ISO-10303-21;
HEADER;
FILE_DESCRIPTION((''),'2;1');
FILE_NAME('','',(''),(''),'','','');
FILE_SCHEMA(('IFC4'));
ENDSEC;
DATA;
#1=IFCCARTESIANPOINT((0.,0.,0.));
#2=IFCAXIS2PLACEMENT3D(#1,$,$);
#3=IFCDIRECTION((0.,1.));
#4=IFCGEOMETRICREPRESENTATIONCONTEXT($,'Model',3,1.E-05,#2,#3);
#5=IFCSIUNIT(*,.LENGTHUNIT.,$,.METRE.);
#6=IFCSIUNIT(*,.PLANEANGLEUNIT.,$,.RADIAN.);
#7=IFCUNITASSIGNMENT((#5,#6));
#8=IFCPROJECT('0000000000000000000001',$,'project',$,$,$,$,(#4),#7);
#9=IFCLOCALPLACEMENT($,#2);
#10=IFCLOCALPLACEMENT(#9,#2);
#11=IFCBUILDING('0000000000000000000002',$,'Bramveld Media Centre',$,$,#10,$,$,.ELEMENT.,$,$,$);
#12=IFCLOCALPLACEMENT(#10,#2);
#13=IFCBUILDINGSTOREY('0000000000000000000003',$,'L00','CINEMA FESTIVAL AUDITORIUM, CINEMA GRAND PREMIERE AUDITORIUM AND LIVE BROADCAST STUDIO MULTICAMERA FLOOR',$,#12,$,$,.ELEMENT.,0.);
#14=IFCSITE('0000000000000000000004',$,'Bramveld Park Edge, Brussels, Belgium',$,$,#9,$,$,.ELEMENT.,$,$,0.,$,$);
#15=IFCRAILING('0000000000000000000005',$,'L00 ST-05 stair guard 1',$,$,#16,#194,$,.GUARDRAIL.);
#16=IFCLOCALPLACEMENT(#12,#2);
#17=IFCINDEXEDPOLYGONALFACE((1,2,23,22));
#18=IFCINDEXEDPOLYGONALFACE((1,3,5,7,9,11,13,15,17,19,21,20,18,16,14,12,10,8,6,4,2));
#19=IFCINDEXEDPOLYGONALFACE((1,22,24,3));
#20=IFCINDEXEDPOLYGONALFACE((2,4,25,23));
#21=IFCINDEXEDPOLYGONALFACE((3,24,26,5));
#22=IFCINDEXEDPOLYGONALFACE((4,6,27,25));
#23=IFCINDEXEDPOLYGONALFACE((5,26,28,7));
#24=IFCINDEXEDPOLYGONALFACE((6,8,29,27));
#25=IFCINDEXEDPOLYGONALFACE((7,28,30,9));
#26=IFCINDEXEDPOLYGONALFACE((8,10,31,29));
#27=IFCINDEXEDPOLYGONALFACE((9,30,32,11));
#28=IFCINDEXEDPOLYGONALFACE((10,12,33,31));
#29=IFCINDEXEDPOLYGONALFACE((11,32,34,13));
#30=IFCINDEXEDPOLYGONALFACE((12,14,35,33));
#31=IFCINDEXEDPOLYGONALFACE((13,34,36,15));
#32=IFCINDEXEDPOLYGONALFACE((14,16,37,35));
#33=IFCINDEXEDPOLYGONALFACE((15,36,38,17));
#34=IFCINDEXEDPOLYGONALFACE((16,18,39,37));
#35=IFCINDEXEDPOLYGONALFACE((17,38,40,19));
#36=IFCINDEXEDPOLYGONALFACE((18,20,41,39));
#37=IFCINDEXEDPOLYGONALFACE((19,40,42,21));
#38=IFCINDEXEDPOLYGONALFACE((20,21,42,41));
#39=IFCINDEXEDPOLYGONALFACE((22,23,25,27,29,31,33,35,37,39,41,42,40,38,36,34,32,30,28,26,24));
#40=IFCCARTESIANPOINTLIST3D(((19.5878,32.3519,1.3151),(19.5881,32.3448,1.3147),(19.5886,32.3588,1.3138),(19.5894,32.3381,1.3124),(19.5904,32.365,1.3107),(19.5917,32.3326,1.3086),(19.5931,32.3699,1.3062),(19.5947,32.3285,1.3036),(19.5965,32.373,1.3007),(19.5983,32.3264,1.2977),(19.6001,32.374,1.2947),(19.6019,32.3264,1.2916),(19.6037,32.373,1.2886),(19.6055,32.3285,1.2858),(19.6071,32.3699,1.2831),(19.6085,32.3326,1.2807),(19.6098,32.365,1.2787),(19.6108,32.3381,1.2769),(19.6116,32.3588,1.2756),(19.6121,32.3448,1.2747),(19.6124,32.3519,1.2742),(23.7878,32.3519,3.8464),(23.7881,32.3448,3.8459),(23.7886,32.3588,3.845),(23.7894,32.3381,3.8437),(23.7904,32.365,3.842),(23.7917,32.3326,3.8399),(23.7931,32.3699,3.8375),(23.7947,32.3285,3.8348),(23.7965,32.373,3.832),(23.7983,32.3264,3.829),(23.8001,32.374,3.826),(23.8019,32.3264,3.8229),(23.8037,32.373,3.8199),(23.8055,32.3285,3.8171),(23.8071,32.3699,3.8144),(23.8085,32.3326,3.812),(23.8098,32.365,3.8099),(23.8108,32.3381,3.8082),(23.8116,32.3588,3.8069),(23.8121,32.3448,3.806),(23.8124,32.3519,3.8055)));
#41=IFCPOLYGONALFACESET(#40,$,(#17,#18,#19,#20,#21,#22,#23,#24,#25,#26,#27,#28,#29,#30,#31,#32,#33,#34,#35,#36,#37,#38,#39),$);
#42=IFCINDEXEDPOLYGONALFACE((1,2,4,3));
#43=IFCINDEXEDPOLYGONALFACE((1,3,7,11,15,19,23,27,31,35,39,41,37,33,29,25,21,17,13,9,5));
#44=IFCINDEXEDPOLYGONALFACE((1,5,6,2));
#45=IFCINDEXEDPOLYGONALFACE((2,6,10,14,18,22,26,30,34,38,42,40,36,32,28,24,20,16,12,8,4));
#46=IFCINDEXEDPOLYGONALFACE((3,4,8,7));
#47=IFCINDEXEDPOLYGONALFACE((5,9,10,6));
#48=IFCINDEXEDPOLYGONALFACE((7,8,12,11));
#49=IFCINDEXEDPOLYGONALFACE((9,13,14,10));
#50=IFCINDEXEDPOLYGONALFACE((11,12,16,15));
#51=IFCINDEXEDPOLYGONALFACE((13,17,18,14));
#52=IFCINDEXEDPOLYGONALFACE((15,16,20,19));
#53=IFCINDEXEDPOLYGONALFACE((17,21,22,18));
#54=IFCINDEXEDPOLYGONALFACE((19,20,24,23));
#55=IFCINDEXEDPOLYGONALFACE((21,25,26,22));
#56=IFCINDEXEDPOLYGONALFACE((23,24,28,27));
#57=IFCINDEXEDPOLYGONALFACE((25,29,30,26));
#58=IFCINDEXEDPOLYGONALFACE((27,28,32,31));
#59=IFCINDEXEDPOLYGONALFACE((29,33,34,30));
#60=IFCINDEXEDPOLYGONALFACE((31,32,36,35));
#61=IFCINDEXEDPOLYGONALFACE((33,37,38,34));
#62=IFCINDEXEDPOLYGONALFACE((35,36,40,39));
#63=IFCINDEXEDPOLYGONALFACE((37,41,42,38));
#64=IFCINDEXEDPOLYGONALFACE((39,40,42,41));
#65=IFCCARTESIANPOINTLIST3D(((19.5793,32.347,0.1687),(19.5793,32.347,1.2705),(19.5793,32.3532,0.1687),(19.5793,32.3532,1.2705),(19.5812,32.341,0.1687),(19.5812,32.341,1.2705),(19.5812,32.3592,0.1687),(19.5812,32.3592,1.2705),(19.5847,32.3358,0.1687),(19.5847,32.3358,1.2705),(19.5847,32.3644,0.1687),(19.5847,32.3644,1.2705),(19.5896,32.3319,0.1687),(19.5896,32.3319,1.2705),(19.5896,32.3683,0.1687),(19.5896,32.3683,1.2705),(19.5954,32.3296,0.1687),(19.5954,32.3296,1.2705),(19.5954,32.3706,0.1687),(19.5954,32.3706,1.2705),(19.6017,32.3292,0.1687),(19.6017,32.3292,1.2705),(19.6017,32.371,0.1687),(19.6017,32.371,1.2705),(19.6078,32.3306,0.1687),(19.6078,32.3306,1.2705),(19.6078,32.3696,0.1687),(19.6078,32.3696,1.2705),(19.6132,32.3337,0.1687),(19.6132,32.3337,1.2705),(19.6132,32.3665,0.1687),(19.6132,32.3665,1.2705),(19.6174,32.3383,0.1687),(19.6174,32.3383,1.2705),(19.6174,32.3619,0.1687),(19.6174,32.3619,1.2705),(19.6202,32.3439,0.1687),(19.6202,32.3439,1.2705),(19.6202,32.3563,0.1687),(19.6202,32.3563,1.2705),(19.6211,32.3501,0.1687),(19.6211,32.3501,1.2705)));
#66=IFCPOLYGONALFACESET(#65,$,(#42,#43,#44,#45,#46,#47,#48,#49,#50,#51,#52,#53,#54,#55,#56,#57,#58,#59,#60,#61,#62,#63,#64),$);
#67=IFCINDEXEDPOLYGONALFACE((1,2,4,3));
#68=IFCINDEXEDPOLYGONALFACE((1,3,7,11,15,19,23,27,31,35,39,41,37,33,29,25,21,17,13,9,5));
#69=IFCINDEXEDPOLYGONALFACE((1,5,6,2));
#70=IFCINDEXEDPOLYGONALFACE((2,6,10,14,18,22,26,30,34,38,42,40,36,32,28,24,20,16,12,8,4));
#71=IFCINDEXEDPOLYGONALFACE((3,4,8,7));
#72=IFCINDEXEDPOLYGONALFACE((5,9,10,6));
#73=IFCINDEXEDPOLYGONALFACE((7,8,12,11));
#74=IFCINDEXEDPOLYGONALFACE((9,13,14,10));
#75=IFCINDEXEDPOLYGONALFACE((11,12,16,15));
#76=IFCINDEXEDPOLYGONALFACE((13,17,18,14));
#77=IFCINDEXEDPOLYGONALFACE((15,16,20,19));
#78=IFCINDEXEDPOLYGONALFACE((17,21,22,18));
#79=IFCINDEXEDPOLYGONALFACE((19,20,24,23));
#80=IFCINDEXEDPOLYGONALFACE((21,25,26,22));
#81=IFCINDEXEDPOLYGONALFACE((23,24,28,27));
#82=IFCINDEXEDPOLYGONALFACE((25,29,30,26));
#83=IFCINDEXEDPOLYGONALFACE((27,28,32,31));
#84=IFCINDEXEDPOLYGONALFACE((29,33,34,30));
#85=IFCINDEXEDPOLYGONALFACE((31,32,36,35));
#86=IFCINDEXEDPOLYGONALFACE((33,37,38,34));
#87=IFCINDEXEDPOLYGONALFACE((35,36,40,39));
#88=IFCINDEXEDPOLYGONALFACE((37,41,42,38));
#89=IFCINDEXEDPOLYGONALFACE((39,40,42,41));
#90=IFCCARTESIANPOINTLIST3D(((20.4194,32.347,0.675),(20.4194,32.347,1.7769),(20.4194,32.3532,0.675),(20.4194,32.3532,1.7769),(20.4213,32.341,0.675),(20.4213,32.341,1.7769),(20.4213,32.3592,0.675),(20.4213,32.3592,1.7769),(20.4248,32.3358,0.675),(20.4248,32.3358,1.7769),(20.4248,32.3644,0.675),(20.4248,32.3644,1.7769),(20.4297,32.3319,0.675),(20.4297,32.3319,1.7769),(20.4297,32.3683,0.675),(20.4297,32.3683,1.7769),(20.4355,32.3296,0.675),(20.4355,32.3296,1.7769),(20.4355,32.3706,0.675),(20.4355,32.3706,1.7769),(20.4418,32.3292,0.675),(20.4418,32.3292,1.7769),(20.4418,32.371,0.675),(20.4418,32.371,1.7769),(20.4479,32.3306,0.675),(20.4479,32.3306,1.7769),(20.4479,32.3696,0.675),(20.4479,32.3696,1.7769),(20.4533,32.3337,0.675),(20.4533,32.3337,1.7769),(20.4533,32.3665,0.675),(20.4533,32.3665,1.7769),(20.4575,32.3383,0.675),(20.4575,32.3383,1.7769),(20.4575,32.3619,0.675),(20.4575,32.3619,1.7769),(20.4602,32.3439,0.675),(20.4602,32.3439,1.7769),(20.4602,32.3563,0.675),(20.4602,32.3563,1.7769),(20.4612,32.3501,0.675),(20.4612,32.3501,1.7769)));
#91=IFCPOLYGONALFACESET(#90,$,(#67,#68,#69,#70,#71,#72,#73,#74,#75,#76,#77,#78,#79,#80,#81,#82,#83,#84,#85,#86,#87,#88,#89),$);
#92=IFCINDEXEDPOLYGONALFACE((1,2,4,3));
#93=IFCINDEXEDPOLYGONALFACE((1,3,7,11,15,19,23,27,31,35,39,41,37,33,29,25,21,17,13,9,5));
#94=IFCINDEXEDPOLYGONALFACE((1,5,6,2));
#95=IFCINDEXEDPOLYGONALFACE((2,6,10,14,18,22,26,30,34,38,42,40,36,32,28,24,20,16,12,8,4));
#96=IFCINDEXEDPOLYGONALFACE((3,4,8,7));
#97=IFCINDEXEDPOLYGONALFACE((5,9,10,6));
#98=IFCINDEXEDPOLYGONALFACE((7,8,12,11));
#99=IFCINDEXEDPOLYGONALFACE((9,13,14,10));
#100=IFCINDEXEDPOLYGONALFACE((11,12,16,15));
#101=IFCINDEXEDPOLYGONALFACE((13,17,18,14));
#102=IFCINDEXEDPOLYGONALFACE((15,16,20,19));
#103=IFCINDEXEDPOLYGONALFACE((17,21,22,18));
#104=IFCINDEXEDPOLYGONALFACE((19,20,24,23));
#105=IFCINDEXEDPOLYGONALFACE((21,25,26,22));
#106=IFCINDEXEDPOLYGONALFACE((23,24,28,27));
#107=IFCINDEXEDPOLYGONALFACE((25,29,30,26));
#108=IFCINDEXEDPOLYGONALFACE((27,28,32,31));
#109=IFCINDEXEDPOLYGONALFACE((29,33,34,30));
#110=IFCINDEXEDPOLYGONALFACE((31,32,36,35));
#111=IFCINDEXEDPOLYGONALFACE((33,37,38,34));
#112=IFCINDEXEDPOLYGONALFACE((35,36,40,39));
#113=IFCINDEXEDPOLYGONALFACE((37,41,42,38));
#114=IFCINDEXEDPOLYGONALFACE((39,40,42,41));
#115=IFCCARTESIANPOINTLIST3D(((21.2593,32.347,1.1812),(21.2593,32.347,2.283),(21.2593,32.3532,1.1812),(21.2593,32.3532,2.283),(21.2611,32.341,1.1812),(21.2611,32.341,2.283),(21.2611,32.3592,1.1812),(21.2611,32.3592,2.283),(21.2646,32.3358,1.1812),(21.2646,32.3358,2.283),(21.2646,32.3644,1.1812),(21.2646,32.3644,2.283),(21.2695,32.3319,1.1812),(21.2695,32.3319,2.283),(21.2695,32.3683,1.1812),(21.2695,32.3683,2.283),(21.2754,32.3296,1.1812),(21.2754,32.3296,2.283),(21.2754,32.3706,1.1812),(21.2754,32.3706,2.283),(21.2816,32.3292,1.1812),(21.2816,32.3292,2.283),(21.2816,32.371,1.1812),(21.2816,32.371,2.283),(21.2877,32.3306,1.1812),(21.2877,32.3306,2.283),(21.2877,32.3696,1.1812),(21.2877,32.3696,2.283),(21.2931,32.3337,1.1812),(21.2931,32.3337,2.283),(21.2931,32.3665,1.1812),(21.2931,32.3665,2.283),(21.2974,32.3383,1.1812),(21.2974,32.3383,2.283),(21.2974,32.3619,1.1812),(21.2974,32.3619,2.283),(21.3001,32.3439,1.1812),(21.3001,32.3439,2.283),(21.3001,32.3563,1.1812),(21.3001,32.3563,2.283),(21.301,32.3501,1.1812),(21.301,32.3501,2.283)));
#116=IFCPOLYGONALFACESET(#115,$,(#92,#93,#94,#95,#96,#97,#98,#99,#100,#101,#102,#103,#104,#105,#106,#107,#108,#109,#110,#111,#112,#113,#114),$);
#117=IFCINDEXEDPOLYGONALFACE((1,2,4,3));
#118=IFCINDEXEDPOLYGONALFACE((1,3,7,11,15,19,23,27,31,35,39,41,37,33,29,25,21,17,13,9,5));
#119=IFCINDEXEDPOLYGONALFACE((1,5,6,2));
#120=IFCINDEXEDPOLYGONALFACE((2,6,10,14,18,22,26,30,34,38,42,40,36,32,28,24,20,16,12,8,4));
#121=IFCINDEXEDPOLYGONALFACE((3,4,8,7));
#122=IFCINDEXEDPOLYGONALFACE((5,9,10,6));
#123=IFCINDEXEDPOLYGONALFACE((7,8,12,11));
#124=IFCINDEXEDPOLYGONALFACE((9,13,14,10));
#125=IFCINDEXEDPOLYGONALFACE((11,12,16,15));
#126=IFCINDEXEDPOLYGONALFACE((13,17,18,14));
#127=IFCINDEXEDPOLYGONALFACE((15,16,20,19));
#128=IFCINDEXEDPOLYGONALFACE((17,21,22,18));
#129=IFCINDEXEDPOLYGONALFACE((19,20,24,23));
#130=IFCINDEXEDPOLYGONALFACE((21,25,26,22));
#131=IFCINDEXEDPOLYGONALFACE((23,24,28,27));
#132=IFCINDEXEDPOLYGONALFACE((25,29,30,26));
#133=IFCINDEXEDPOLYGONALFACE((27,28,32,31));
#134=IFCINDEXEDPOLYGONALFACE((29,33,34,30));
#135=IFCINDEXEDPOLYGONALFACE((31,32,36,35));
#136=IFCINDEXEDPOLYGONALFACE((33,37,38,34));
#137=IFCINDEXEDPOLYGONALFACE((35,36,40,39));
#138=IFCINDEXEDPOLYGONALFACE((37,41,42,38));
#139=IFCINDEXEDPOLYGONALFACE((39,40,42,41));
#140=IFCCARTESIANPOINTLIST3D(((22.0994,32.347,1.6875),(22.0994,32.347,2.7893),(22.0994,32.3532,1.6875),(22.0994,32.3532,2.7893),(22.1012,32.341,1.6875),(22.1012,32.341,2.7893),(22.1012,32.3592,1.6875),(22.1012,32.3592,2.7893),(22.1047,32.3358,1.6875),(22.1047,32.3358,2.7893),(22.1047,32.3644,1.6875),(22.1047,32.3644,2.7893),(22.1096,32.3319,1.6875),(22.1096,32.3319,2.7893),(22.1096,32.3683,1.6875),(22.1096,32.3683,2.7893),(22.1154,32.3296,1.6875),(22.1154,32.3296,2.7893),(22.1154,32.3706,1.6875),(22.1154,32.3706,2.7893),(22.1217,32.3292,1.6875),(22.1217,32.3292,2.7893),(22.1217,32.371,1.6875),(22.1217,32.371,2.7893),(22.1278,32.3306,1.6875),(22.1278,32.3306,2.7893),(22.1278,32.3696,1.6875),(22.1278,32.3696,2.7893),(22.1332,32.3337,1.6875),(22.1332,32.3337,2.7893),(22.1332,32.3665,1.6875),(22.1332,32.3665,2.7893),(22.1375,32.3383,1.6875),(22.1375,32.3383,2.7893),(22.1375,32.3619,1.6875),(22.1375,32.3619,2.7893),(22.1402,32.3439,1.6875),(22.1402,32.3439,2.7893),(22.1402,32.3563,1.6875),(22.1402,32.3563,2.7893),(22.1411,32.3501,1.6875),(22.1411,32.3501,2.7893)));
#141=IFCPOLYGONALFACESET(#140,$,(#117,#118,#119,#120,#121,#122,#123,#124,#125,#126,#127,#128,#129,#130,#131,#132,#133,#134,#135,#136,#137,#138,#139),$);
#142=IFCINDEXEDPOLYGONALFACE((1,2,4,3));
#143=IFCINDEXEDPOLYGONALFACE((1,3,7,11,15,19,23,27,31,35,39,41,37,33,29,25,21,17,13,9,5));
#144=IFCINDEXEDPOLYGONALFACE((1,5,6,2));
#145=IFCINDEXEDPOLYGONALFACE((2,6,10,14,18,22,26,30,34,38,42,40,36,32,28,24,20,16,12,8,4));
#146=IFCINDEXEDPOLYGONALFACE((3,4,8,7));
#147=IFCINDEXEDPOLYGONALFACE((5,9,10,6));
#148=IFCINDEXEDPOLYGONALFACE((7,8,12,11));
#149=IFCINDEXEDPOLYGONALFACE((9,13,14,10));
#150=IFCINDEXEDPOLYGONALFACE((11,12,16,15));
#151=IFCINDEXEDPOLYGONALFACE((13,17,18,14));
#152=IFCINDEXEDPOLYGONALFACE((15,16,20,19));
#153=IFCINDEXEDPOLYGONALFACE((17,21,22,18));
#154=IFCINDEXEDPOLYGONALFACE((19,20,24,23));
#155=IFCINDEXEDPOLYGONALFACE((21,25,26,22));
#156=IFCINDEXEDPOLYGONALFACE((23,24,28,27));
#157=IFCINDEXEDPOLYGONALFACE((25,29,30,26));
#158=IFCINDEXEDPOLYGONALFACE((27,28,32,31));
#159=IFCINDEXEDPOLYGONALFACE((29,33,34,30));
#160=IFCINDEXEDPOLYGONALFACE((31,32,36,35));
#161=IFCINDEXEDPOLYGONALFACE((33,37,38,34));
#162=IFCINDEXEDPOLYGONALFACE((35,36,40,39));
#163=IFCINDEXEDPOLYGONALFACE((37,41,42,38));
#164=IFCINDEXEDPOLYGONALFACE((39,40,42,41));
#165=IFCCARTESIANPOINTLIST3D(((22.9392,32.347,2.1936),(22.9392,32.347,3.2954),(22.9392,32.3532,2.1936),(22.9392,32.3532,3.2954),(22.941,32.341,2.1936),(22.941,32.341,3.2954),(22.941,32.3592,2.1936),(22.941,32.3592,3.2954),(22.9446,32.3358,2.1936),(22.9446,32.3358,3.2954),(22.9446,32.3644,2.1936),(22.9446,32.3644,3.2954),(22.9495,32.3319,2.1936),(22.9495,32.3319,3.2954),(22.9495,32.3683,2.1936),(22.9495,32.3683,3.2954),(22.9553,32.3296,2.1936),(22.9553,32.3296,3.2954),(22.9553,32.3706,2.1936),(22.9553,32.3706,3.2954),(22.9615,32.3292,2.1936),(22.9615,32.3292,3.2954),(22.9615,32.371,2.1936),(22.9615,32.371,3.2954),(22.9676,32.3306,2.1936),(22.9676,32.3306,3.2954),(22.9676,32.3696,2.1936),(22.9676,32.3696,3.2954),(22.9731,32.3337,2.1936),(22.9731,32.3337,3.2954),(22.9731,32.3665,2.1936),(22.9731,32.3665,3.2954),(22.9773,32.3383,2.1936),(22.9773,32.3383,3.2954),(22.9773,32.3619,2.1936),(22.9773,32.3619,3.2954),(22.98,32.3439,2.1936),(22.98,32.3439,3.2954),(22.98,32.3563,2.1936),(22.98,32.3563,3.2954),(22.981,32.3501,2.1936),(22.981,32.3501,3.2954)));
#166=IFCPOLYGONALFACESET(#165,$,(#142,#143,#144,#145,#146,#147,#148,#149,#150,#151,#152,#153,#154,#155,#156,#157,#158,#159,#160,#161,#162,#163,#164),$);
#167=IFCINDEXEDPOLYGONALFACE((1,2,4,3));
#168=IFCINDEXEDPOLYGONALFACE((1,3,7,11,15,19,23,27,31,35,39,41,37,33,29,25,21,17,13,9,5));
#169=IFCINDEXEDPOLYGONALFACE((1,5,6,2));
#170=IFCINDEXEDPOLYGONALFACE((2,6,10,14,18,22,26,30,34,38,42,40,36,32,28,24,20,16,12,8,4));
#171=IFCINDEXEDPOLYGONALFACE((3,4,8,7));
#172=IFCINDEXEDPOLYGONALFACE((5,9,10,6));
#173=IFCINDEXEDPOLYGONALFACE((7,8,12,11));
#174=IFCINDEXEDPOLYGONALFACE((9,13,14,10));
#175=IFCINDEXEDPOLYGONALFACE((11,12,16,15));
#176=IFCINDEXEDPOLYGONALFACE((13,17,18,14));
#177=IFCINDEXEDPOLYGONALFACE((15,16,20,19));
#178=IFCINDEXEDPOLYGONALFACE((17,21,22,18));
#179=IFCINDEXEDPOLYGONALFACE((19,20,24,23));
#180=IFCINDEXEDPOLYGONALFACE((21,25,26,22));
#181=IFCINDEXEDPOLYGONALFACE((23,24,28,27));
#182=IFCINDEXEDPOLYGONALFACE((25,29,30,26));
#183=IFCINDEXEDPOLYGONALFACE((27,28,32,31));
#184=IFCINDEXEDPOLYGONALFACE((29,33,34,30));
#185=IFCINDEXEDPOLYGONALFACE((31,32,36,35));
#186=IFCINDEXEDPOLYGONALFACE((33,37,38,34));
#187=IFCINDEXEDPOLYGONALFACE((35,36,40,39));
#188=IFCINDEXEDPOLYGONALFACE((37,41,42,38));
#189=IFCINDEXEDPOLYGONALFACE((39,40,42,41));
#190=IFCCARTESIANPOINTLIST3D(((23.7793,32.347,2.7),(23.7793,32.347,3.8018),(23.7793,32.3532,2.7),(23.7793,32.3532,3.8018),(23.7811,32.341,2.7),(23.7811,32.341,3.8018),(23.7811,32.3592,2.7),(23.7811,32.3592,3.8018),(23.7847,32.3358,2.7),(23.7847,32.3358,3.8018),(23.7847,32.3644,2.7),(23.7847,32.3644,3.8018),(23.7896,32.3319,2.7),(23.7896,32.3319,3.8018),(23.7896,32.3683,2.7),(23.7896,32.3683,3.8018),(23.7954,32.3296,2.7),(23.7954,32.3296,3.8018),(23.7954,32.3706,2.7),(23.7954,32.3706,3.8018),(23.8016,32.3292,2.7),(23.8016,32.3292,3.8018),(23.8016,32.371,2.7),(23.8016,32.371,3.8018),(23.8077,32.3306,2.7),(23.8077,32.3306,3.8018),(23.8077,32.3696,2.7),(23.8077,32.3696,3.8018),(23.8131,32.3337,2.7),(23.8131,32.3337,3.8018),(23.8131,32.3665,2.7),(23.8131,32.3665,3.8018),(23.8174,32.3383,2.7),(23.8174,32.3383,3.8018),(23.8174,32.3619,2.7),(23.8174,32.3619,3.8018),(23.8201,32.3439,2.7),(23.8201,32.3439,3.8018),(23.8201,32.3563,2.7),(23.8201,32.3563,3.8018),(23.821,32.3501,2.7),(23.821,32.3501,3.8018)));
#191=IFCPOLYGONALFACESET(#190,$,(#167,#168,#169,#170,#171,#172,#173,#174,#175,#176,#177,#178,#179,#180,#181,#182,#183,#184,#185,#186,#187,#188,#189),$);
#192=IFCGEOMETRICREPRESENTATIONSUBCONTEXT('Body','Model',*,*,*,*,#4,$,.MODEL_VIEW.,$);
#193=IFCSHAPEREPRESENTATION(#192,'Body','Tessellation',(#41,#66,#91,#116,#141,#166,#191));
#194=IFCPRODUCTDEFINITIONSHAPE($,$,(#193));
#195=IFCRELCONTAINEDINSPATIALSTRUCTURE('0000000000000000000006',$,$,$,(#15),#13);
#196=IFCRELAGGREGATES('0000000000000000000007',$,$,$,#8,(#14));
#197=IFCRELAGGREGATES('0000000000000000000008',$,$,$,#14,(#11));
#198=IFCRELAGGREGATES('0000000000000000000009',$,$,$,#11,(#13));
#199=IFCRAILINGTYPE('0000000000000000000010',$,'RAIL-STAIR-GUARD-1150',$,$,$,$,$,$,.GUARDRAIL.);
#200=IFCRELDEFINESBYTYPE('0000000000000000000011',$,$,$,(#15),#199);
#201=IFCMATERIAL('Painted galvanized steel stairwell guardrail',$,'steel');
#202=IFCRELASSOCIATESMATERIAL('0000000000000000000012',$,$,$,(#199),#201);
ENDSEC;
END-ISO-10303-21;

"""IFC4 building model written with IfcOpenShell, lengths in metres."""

from ifc_helpers import new_model, si_unit, direction, frame, origin, origin_2d, place, context, subcontext, project, spatial, circle, extrude, material, type_object, element, save


model = new_model("IFC4")

# Units and contexts
model_context = context("Model", 3, precision=1e-05, world=origin(), true_north=direction((0.0, 1.0)))
body_context = subcontext(model_context, "Body", "Model", "MODEL_VIEW")
ifc_project = project(units=[si_unit("LENGTHUNIT", "METRE"), si_unit("PLANEANGLEUNIT", "RADIAN")], contexts=[model_context])

# Site, building, storey
site_placement = place(None, origin())
site = spatial("IfcSite", under=ifc_project, at=site_placement, Name="Bramveld Park Edge, Brussels, Belgium", CompositionType="ELEMENT", RefElevation=0.0)
building_placement = place(site_placement, origin())
building = spatial("IfcBuilding", under=site, at=building_placement, Name="Bramveld Media Centre", CompositionType="ELEMENT")
storey_placement = place(building_placement, origin())
storey = spatial("IfcBuildingStorey", under=building, at=storey_placement, Name="L00", Description="CINEMA FESTIVAL AUDITORIUM, CINEMA GRAND PREMIERE AUDITORIUM AND LIVE BROADCAST STUDIO MULTICAMERA FLOOR", CompositionType="ELEMENT", Elevation=0.0)

# Railing
ifc_material_1 = material(Name="Painted galvanized steel stairwell guardrail", Category="steel")
railing_type_1 = type_object("IfcRailingType", Name="RAIL-STAIR-GUARD-1150", PredefinedType="GUARDRAIL", material=ifc_material_1)
railing_1_placement = place(storey_placement, frame((19.6001, 32.3501, 0.1687)))
element("IfcRailing", 1, at=railing_1_placement, inside=storey, type_object=railing_type_1, Name="L00 ST-05 stair guard 1", PredefinedType="GUARDRAIL", context=body_context, shape_type="SweptSolid", body=[
    extrude(circle(Radius=0.0239, at=origin_2d()), frame((0.0, 0.0, 1.126), z_axis=(0.856476, 0.0, 0.516186), x_axis=(0.0, 1.0, 0.0)), (0.0, 0.0, 1.0), 4.9038),
    extrude(circle(Radius=0.021, at=origin_2d()), origin(), (0.0, 0.0, 1.0), 1.1018),
    extrude(circle(Radius=0.021, at=origin_2d()), frame((0.8401, 0.0, 0.5063)), (0.0, 0.0, 1.0), 1.1018),
    extrude(circle(Radius=0.021, at=origin_2d()), frame((1.6799, 0.0, 1.0125)), (0.0, 0.0, 1.0), 1.1018),
    extrude(circle(Radius=0.021, at=origin_2d()), frame((2.52, 0.0, 1.5188)), (0.0, 0.0, 1.0), 1.1018),
    extrude(circle(Radius=0.021, at=origin_2d()), frame((3.3599, 0.0, 2.0249)), (0.0, 0.0, 1.0), 1.1018),
    extrude(circle(Radius=0.021, at=origin_2d()), frame((4.2, 0.0, 2.5312)), (0.0, 0.0, 1.0), 1.1018),
])

save(model, "model.ifc")
